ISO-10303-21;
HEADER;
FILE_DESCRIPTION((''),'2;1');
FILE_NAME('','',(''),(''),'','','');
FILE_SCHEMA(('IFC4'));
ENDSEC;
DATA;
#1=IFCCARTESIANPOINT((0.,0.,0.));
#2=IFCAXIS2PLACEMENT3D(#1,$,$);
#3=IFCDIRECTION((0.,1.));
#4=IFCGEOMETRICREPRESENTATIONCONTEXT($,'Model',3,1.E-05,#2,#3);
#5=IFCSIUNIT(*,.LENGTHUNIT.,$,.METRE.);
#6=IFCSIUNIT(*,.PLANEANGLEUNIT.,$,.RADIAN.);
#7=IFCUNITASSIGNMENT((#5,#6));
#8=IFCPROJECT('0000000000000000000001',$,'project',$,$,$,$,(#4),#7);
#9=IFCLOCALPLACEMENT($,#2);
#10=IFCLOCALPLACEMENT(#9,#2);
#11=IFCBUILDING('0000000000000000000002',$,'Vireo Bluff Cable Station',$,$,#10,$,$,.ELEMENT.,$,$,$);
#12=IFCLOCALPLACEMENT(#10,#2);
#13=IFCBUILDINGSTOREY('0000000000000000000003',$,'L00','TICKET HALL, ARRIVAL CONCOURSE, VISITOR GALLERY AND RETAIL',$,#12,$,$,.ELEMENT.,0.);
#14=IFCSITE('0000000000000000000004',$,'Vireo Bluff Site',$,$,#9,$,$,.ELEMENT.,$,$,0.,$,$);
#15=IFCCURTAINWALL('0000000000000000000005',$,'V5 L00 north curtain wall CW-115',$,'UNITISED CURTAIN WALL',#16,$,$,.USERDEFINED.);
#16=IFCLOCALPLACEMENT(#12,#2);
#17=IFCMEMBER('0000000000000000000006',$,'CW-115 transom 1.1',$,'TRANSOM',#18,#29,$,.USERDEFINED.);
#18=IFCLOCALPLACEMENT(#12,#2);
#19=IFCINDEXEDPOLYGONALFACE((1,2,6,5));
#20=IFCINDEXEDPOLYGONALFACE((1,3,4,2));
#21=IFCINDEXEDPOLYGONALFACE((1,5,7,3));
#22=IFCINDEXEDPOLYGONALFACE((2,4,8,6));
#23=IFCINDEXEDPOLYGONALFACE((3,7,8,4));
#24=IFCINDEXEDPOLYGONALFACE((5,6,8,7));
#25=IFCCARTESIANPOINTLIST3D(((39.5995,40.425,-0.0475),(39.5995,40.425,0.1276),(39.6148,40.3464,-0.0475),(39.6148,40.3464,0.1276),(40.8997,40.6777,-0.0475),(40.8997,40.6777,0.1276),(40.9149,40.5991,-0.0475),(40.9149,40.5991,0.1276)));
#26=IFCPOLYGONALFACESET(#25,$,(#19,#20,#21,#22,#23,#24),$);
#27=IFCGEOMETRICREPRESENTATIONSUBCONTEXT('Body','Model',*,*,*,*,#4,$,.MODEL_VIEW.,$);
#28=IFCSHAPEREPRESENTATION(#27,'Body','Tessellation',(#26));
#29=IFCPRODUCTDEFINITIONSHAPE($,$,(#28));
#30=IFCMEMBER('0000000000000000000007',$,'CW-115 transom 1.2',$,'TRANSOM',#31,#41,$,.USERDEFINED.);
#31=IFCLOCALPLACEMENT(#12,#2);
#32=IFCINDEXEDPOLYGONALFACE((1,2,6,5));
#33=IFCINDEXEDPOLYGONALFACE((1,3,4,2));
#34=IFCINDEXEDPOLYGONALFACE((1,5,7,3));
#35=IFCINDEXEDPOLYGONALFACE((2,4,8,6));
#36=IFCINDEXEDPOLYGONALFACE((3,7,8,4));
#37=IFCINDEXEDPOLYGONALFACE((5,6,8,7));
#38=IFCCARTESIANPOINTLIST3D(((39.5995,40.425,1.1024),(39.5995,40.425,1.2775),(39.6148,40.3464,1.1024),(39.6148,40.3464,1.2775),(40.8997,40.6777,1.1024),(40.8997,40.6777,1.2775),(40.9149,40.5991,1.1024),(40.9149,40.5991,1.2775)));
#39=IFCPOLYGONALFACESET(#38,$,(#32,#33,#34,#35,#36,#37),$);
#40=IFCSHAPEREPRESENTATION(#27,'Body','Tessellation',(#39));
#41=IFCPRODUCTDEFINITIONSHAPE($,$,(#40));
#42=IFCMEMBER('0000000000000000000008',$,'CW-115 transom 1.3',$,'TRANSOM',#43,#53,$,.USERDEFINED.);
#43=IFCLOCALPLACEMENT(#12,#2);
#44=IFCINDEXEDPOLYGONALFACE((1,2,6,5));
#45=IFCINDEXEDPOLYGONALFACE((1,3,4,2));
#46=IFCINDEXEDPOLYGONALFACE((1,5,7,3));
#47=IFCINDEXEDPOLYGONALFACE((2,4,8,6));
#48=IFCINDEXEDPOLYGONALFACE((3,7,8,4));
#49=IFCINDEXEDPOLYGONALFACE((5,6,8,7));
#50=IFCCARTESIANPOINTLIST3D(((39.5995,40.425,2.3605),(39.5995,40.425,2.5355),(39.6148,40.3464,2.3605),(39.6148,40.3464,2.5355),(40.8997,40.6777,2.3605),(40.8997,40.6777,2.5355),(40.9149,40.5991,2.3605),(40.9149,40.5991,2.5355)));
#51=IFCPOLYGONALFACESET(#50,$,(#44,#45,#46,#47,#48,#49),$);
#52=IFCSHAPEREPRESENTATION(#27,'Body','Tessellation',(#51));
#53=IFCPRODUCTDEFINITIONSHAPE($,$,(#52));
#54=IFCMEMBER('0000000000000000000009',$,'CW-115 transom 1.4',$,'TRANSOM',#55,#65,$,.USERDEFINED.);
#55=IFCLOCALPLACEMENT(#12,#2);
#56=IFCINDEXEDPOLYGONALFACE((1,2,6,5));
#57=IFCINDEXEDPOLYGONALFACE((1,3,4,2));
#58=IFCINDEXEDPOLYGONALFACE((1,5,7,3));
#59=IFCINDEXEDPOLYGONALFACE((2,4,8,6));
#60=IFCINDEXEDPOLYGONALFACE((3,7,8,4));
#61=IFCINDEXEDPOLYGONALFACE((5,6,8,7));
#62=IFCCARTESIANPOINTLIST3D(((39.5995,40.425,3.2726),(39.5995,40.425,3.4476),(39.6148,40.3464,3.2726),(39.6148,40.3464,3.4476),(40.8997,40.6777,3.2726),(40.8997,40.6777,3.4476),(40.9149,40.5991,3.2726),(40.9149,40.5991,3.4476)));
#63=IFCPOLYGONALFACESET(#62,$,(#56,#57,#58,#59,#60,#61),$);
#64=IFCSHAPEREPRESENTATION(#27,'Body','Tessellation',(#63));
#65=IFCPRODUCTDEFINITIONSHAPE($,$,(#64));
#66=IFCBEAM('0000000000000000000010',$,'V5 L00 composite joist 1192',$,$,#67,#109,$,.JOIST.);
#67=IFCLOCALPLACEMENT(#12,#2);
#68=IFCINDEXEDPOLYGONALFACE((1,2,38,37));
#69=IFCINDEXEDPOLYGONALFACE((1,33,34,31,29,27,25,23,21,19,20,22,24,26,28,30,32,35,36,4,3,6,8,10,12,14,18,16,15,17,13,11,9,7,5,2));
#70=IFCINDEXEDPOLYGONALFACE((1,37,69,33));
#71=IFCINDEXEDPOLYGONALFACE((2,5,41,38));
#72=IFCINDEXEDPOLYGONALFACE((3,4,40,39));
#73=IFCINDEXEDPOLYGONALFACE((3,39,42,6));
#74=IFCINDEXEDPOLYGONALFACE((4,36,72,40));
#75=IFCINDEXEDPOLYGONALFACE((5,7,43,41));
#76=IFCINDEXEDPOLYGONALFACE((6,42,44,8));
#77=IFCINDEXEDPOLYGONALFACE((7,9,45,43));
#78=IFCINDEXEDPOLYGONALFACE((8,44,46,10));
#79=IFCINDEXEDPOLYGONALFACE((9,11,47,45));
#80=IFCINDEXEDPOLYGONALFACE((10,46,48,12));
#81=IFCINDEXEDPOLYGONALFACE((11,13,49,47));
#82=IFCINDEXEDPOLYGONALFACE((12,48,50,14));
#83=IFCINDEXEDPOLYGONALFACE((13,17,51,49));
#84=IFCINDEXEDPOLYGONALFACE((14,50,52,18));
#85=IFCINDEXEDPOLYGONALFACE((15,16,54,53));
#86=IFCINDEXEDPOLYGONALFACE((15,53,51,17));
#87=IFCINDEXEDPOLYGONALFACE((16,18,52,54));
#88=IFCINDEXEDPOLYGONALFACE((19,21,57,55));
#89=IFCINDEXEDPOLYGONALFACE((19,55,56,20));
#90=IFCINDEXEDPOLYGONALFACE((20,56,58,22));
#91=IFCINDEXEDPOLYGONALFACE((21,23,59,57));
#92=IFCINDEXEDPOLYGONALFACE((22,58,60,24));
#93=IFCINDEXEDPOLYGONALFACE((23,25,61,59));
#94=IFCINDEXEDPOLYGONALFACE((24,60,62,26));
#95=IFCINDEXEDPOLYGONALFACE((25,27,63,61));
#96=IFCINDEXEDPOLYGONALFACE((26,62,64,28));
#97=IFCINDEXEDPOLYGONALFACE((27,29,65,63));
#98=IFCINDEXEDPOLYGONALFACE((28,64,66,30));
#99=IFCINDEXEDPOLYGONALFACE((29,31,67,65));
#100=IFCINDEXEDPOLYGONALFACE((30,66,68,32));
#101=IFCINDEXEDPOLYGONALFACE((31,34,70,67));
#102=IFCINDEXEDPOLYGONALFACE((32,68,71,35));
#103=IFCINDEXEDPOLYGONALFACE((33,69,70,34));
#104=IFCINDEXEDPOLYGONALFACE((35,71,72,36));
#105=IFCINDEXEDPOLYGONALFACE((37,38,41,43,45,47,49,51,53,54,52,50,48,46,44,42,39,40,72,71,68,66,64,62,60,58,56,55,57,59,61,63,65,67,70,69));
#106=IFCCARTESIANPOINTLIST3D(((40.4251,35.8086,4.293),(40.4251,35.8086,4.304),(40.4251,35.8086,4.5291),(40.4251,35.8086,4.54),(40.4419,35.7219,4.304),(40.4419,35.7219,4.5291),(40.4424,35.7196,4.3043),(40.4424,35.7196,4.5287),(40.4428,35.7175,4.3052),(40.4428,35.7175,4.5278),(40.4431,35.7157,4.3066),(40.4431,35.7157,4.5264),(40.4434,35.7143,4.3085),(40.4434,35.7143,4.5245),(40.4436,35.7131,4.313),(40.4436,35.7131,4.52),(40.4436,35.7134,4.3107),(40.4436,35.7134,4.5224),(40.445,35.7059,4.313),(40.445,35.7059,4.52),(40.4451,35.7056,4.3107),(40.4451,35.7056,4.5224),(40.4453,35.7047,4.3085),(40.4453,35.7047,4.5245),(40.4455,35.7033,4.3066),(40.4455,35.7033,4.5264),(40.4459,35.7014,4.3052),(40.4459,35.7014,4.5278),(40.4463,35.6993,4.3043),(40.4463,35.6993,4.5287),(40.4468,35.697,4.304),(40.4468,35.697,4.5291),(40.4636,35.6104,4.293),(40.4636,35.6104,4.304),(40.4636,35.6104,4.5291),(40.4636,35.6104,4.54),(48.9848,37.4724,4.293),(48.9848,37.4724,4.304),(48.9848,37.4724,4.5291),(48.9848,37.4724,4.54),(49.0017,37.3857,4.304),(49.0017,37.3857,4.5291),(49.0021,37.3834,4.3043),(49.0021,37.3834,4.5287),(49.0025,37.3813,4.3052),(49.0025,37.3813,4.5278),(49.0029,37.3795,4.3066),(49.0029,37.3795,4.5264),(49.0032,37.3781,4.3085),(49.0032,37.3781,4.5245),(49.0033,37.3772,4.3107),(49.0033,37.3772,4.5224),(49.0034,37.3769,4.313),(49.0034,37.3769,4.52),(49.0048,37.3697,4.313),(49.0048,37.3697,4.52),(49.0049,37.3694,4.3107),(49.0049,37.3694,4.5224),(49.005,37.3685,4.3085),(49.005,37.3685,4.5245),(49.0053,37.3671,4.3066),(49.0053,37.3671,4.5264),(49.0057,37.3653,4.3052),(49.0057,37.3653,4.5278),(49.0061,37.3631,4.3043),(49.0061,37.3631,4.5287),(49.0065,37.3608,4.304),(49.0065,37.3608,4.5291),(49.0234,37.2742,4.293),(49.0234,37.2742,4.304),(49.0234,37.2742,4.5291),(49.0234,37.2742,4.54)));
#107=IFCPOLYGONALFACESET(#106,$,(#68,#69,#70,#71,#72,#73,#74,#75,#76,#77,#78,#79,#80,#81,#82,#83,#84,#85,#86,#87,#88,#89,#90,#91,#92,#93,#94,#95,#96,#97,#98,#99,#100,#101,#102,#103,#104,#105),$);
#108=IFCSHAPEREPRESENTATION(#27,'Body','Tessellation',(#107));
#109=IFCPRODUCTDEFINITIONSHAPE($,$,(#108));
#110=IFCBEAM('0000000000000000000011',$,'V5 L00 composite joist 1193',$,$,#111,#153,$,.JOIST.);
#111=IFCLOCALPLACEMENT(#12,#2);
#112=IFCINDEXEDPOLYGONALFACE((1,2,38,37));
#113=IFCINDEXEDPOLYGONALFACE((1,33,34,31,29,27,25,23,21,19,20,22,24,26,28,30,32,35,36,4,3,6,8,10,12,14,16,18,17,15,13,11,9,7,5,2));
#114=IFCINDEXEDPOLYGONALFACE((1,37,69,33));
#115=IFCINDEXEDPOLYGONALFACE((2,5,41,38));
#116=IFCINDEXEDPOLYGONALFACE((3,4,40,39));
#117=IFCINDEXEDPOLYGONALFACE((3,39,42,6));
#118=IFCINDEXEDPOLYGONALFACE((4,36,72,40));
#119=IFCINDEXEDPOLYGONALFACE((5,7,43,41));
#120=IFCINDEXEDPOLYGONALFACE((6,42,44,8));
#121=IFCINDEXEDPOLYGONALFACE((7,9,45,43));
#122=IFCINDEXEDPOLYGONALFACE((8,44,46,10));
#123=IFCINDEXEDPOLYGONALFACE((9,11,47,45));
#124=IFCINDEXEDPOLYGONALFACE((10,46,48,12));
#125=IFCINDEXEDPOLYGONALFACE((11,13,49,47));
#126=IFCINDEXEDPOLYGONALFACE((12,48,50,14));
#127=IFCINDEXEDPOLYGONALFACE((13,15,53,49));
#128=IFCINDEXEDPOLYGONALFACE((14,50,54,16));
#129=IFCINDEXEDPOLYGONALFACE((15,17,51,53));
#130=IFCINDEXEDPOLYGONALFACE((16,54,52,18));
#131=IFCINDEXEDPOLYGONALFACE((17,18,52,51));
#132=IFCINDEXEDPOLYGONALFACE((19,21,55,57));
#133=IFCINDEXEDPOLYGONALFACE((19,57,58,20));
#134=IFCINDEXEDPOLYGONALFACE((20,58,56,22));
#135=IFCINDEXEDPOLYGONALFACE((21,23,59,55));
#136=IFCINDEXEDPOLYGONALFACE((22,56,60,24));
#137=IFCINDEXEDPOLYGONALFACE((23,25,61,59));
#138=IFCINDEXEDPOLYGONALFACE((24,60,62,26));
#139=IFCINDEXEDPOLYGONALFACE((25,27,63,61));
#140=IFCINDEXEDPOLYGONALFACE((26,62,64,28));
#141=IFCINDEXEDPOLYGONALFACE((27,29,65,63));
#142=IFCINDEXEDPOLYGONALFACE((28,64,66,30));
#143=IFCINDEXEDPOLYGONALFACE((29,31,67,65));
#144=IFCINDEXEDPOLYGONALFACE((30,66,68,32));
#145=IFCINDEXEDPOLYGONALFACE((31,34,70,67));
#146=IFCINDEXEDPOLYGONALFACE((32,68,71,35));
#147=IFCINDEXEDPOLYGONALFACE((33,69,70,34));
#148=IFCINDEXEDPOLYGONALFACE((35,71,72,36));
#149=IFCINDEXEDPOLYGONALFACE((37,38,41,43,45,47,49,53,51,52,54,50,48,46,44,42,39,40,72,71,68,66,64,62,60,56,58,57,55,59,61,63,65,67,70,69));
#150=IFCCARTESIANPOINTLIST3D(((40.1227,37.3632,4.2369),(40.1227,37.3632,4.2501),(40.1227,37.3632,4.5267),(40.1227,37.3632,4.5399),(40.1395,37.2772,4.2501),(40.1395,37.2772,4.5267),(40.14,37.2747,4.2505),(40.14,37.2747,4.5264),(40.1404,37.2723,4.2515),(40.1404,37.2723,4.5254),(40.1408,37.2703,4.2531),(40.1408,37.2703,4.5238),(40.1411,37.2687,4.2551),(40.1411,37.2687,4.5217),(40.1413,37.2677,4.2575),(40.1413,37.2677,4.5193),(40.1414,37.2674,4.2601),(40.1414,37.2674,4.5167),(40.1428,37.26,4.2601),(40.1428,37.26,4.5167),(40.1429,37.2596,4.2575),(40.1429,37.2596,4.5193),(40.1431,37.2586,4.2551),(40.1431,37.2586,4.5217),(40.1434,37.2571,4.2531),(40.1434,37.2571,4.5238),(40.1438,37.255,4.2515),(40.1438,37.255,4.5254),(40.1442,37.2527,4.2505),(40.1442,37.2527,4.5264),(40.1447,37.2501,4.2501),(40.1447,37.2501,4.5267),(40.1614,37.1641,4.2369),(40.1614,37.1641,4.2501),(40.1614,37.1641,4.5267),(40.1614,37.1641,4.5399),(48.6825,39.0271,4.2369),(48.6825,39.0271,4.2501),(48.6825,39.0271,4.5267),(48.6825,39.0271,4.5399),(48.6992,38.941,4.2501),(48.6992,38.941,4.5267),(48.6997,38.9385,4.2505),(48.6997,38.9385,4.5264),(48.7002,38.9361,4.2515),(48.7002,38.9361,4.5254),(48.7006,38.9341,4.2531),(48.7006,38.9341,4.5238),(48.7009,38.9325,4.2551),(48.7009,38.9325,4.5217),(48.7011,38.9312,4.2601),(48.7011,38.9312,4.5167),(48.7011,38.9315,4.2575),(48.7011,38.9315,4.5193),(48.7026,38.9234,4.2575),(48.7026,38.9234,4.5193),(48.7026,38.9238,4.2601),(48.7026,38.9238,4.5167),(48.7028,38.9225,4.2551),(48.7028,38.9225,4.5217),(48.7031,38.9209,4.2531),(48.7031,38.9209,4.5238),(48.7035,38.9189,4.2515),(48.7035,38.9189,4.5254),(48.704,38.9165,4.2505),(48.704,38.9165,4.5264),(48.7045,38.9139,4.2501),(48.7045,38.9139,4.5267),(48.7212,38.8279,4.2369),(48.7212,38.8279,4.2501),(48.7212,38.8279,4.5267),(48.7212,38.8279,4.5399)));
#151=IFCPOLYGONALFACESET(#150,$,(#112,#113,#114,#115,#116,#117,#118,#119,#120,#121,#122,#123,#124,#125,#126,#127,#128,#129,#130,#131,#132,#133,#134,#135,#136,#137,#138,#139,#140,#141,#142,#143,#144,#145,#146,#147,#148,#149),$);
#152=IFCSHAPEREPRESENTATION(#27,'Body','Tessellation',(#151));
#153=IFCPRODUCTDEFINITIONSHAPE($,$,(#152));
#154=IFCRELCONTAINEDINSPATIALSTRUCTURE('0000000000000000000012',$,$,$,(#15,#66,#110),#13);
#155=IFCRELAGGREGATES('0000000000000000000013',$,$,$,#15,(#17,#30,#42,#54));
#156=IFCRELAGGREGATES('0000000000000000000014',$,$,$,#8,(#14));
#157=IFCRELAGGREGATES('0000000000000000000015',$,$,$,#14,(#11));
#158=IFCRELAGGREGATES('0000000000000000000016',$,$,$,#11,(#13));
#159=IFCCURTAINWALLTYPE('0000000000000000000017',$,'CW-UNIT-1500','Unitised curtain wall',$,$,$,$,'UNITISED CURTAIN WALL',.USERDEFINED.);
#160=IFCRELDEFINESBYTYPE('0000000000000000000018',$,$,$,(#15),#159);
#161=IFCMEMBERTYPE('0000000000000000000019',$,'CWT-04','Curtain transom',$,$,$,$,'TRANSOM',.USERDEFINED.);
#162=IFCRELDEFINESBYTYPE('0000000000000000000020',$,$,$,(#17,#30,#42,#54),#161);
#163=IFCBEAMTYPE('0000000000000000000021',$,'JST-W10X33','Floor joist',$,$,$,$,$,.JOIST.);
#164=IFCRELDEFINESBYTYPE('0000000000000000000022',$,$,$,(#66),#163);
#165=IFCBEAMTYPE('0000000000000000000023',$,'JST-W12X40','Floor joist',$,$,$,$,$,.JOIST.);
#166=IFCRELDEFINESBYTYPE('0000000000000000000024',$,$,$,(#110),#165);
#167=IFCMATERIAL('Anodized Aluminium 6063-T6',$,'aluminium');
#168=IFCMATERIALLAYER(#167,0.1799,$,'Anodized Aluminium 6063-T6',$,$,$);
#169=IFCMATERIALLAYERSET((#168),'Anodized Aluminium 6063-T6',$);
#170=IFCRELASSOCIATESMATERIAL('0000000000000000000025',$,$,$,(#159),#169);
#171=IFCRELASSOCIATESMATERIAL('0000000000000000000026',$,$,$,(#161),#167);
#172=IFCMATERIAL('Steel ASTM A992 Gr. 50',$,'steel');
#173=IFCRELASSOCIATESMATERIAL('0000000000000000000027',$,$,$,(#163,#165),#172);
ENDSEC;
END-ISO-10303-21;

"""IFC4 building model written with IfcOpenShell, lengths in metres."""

from ifc_helpers import new_model, si_unit, direction, frame, origin, origin_2d, place, context, subcontext, project, spatial, rectangle, i_section, extrude, material, layer, layer_set, material_profile, profile_set, type_object, element, aggregate, save


model = new_model("IFC4")

# Units and contexts
model_context = context("Model", 3, precision=1e-05, world=origin(), true_north=direction((0.0, 1.0)))
body_context = subcontext(model_context, "Body", "Model", "MODEL_VIEW")
ifc_project = project(units=[si_unit("LENGTHUNIT", "METRE"), si_unit("PLANEANGLEUNIT", "RADIAN")], contexts=[model_context])

# Site, building, storey
site_placement = place(None, origin())
site = spatial("IfcSite", under=ifc_project, at=site_placement, Name="Vireo Bluff Site", CompositionType="ELEMENT", RefElevation=0.0)
building_placement = place(site_placement, origin())
building = spatial("IfcBuilding", under=site, at=building_placement, Name="Vireo Bluff Cable Station", CompositionType="ELEMENT")
storey_placement = place(building_placement, origin())
storey = spatial("IfcBuildingStorey", under=building, at=storey_placement, Name="L00", Description="TICKET HALL, ARRIVAL CONCOURSE, VISITOR GALLERY AND RETAIL", CompositionType="ELEMENT", Elevation=0.0)

# Shared definitions
ifc_material_1 = material(Name="Steel ASTM A992 Gr. 50", Category="steel")

# Curtain wall
ifc_material_2 = material(Name="Anodized Aluminium 6063-T6", Category="aluminium")
ifc_layer_1 = layer(ifc_material_2, 0.1799, Name="Anodized Aluminium 6063-T6")
ifc_layer_set_1 = layer_set([ifc_layer_1], Name="Anodized Aluminium 6063-T6")
curtain_wall_type_1 = type_object("IfcCurtainWallType", Name="CW-UNIT-1500", Description="Unitised curtain wall", ElementType="UNITISED CURTAIN WALL", PredefinedType="USERDEFINED", material=ifc_layer_set_1)
curtain_wall_1_placement = place(storey_placement, origin())
curtain_wall_1 = element("IfcCurtainWall", 1, at=curtain_wall_1_placement, inside=storey, type_object=curtain_wall_type_1, Name="V5 L00 north curtain wall CW-115", ObjectType="UNITISED CURTAIN WALL", PredefinedType="USERDEFINED")

# Members
ifc_material_profile_1 = material_profile(ifc_material_2, rectangle(XDim=0.0801, YDim=0.175, at=origin_2d()), Name="ALU-T-80X175")
ifc_profile_set_1 = profile_set([ifc_material_profile_1], Name="Anodized Aluminium 6063-T6")
member_type_1 = type_object("IfcMemberType", Name="CWT-04", Description="Curtain transom", ElementType="TRANSOM", PredefinedType="USERDEFINED", material=ifc_profile_set_1)
member_1_placement = place(storey_placement, frame((39.6072, 40.3857, 0.04), z_axis=(0.98163, 0.190796, 0.0), x_axis=(-0.190796, 0.98163, 0.0)))
member_1 = element("IfcMember", 2, at=member_1_placement, type_object=member_type_1, Name="CW-115 transom 1.1", ObjectType="TRANSOM", PredefinedType="USERDEFINED", context=body_context, shape_type="SweptSolid", body=[
    extrude(rectangle(XDim=0.0801, YDim=0.175, at=origin_2d()), origin(), (0.0, 0.0, 1.0), 1.3245),
])
member_2_placement = place(storey_placement, frame((39.6072, 40.3857, 1.1899), z_axis=(0.98163, 0.190796, 0.0), x_axis=(-0.190796, 0.98163, 0.0)))
member_2 = element("IfcMember", 3, at=member_2_placement, type_object=member_type_1, Name="CW-115 transom 1.2", ObjectType="TRANSOM", PredefinedType="USERDEFINED", context=body_context, shape_type="SweptSolid", body=[
    extrude(rectangle(XDim=0.0801, YDim=0.175, at=origin_2d()), origin(), (0.0, 0.0, 1.0), 1.3245),
])
member_3_placement = place(storey_placement, frame((39.6072, 40.3857, 2.448), z_axis=(0.98163, 0.190796, 0.0), x_axis=(-0.190796, 0.98163, 0.0)))
member_3 = element("IfcMember", 4, at=member_3_placement, type_object=member_type_1, Name="CW-115 transom 1.3", ObjectType="TRANSOM", PredefinedType="USERDEFINED", context=body_context, shape_type="SweptSolid", body=[
    extrude(rectangle(XDim=0.0801, YDim=0.175, at=origin_2d()), origin(), (0.0, 0.0, 1.0), 1.3245),
])
member_4_placement = place(storey_placement, frame((39.6072, 40.3857, 3.3601), z_axis=(0.98163, 0.190796, 0.0), x_axis=(-0.190796, 0.98163, 0.0)))
member_4 = element("IfcMember", 5, at=member_4_placement, type_object=member_type_1, Name="CW-115 transom 1.4", ObjectType="TRANSOM", PredefinedType="USERDEFINED", context=body_context, shape_type="SweptSolid", body=[
    extrude(rectangle(XDim=0.0801, YDim=0.175, at=origin_2d()), origin(), (0.0, 0.0, 1.0), 1.3245),
])

# Beams
ifc_material_profile_2 = material_profile(ifc_material_1, i_section(OverallWidth=0.2019, OverallDepth=0.2471, WebThickness=0.0073, FlangeThickness=0.011, FilletRadius=0.009, at=origin_2d()), Name="W10X33")
ifc_profile_set_2 = profile_set([ifc_material_profile_2], Name="Steel ASTM A992 Gr. 50")
beam_type_1 = type_object("IfcBeamType", Name="JST-W10X33", Description="Floor joist", PredefinedType="JOIST", material=ifc_profile_set_2)
beam_1_placement = place(storey_placement, frame((40.4443, 35.7095, 4.4165), z_axis=(0.981628, 0.190804, 0.0), x_axis=(-0.190804, 0.981628, 0.0)))
element("IfcBeam", 6, at=beam_1_placement, inside=storey, type_object=beam_type_1, Name="V5 L00 composite joist 1192", PredefinedType="JOIST", context=body_context, shape_type="SweptSolid", body=[
    extrude(i_section(OverallWidth=0.2019, OverallDepth=0.2471, WebThickness=0.0073, FlangeThickness=0.011, FilletRadius=0.009, at=origin_2d()), origin(), (0.0, 0.0, 1.0), 8.72),
])
ifc_material_profile_3 = material_profile(ifc_material_1, i_section(OverallWidth=0.2029, OverallDepth=0.303, WebThickness=0.0076, FlangeThickness=0.0132, FilletRadius=0.01, at=origin_2d()), Name="W12X40")
ifc_profile_set_3 = profile_set([ifc_material_profile_3], Name="Steel ASTM A992 Gr. 50")
beam_type_2 = type_object("IfcBeamType", Name="JST-W12X40", Description="Floor joist", PredefinedType="JOIST", material=ifc_profile_set_3)
beam_2_placement = place(storey_placement, frame((40.1421, 37.2637, 4.3884), z_axis=(0.981628, 0.190804, 0.0), x_axis=(-0.190804, 0.981628, 0.0)))
element("IfcBeam", 7, at=beam_2_placement, inside=storey, type_object=beam_type_2, Name="V5 L00 composite joist 1193", PredefinedType="JOIST", context=body_context, shape_type="SweptSolid", body=[
    extrude(i_section(OverallWidth=0.2029, OverallDepth=0.303, WebThickness=0.0076, FlangeThickness=0.0132, FilletRadius=0.01, at=origin_2d()), origin(), (0.0, 0.0, 1.0), 8.72),
])

aggregate(curtain_wall_1, [member_1, member_2, member_3, member_4])

save(model, "model.ifc")
